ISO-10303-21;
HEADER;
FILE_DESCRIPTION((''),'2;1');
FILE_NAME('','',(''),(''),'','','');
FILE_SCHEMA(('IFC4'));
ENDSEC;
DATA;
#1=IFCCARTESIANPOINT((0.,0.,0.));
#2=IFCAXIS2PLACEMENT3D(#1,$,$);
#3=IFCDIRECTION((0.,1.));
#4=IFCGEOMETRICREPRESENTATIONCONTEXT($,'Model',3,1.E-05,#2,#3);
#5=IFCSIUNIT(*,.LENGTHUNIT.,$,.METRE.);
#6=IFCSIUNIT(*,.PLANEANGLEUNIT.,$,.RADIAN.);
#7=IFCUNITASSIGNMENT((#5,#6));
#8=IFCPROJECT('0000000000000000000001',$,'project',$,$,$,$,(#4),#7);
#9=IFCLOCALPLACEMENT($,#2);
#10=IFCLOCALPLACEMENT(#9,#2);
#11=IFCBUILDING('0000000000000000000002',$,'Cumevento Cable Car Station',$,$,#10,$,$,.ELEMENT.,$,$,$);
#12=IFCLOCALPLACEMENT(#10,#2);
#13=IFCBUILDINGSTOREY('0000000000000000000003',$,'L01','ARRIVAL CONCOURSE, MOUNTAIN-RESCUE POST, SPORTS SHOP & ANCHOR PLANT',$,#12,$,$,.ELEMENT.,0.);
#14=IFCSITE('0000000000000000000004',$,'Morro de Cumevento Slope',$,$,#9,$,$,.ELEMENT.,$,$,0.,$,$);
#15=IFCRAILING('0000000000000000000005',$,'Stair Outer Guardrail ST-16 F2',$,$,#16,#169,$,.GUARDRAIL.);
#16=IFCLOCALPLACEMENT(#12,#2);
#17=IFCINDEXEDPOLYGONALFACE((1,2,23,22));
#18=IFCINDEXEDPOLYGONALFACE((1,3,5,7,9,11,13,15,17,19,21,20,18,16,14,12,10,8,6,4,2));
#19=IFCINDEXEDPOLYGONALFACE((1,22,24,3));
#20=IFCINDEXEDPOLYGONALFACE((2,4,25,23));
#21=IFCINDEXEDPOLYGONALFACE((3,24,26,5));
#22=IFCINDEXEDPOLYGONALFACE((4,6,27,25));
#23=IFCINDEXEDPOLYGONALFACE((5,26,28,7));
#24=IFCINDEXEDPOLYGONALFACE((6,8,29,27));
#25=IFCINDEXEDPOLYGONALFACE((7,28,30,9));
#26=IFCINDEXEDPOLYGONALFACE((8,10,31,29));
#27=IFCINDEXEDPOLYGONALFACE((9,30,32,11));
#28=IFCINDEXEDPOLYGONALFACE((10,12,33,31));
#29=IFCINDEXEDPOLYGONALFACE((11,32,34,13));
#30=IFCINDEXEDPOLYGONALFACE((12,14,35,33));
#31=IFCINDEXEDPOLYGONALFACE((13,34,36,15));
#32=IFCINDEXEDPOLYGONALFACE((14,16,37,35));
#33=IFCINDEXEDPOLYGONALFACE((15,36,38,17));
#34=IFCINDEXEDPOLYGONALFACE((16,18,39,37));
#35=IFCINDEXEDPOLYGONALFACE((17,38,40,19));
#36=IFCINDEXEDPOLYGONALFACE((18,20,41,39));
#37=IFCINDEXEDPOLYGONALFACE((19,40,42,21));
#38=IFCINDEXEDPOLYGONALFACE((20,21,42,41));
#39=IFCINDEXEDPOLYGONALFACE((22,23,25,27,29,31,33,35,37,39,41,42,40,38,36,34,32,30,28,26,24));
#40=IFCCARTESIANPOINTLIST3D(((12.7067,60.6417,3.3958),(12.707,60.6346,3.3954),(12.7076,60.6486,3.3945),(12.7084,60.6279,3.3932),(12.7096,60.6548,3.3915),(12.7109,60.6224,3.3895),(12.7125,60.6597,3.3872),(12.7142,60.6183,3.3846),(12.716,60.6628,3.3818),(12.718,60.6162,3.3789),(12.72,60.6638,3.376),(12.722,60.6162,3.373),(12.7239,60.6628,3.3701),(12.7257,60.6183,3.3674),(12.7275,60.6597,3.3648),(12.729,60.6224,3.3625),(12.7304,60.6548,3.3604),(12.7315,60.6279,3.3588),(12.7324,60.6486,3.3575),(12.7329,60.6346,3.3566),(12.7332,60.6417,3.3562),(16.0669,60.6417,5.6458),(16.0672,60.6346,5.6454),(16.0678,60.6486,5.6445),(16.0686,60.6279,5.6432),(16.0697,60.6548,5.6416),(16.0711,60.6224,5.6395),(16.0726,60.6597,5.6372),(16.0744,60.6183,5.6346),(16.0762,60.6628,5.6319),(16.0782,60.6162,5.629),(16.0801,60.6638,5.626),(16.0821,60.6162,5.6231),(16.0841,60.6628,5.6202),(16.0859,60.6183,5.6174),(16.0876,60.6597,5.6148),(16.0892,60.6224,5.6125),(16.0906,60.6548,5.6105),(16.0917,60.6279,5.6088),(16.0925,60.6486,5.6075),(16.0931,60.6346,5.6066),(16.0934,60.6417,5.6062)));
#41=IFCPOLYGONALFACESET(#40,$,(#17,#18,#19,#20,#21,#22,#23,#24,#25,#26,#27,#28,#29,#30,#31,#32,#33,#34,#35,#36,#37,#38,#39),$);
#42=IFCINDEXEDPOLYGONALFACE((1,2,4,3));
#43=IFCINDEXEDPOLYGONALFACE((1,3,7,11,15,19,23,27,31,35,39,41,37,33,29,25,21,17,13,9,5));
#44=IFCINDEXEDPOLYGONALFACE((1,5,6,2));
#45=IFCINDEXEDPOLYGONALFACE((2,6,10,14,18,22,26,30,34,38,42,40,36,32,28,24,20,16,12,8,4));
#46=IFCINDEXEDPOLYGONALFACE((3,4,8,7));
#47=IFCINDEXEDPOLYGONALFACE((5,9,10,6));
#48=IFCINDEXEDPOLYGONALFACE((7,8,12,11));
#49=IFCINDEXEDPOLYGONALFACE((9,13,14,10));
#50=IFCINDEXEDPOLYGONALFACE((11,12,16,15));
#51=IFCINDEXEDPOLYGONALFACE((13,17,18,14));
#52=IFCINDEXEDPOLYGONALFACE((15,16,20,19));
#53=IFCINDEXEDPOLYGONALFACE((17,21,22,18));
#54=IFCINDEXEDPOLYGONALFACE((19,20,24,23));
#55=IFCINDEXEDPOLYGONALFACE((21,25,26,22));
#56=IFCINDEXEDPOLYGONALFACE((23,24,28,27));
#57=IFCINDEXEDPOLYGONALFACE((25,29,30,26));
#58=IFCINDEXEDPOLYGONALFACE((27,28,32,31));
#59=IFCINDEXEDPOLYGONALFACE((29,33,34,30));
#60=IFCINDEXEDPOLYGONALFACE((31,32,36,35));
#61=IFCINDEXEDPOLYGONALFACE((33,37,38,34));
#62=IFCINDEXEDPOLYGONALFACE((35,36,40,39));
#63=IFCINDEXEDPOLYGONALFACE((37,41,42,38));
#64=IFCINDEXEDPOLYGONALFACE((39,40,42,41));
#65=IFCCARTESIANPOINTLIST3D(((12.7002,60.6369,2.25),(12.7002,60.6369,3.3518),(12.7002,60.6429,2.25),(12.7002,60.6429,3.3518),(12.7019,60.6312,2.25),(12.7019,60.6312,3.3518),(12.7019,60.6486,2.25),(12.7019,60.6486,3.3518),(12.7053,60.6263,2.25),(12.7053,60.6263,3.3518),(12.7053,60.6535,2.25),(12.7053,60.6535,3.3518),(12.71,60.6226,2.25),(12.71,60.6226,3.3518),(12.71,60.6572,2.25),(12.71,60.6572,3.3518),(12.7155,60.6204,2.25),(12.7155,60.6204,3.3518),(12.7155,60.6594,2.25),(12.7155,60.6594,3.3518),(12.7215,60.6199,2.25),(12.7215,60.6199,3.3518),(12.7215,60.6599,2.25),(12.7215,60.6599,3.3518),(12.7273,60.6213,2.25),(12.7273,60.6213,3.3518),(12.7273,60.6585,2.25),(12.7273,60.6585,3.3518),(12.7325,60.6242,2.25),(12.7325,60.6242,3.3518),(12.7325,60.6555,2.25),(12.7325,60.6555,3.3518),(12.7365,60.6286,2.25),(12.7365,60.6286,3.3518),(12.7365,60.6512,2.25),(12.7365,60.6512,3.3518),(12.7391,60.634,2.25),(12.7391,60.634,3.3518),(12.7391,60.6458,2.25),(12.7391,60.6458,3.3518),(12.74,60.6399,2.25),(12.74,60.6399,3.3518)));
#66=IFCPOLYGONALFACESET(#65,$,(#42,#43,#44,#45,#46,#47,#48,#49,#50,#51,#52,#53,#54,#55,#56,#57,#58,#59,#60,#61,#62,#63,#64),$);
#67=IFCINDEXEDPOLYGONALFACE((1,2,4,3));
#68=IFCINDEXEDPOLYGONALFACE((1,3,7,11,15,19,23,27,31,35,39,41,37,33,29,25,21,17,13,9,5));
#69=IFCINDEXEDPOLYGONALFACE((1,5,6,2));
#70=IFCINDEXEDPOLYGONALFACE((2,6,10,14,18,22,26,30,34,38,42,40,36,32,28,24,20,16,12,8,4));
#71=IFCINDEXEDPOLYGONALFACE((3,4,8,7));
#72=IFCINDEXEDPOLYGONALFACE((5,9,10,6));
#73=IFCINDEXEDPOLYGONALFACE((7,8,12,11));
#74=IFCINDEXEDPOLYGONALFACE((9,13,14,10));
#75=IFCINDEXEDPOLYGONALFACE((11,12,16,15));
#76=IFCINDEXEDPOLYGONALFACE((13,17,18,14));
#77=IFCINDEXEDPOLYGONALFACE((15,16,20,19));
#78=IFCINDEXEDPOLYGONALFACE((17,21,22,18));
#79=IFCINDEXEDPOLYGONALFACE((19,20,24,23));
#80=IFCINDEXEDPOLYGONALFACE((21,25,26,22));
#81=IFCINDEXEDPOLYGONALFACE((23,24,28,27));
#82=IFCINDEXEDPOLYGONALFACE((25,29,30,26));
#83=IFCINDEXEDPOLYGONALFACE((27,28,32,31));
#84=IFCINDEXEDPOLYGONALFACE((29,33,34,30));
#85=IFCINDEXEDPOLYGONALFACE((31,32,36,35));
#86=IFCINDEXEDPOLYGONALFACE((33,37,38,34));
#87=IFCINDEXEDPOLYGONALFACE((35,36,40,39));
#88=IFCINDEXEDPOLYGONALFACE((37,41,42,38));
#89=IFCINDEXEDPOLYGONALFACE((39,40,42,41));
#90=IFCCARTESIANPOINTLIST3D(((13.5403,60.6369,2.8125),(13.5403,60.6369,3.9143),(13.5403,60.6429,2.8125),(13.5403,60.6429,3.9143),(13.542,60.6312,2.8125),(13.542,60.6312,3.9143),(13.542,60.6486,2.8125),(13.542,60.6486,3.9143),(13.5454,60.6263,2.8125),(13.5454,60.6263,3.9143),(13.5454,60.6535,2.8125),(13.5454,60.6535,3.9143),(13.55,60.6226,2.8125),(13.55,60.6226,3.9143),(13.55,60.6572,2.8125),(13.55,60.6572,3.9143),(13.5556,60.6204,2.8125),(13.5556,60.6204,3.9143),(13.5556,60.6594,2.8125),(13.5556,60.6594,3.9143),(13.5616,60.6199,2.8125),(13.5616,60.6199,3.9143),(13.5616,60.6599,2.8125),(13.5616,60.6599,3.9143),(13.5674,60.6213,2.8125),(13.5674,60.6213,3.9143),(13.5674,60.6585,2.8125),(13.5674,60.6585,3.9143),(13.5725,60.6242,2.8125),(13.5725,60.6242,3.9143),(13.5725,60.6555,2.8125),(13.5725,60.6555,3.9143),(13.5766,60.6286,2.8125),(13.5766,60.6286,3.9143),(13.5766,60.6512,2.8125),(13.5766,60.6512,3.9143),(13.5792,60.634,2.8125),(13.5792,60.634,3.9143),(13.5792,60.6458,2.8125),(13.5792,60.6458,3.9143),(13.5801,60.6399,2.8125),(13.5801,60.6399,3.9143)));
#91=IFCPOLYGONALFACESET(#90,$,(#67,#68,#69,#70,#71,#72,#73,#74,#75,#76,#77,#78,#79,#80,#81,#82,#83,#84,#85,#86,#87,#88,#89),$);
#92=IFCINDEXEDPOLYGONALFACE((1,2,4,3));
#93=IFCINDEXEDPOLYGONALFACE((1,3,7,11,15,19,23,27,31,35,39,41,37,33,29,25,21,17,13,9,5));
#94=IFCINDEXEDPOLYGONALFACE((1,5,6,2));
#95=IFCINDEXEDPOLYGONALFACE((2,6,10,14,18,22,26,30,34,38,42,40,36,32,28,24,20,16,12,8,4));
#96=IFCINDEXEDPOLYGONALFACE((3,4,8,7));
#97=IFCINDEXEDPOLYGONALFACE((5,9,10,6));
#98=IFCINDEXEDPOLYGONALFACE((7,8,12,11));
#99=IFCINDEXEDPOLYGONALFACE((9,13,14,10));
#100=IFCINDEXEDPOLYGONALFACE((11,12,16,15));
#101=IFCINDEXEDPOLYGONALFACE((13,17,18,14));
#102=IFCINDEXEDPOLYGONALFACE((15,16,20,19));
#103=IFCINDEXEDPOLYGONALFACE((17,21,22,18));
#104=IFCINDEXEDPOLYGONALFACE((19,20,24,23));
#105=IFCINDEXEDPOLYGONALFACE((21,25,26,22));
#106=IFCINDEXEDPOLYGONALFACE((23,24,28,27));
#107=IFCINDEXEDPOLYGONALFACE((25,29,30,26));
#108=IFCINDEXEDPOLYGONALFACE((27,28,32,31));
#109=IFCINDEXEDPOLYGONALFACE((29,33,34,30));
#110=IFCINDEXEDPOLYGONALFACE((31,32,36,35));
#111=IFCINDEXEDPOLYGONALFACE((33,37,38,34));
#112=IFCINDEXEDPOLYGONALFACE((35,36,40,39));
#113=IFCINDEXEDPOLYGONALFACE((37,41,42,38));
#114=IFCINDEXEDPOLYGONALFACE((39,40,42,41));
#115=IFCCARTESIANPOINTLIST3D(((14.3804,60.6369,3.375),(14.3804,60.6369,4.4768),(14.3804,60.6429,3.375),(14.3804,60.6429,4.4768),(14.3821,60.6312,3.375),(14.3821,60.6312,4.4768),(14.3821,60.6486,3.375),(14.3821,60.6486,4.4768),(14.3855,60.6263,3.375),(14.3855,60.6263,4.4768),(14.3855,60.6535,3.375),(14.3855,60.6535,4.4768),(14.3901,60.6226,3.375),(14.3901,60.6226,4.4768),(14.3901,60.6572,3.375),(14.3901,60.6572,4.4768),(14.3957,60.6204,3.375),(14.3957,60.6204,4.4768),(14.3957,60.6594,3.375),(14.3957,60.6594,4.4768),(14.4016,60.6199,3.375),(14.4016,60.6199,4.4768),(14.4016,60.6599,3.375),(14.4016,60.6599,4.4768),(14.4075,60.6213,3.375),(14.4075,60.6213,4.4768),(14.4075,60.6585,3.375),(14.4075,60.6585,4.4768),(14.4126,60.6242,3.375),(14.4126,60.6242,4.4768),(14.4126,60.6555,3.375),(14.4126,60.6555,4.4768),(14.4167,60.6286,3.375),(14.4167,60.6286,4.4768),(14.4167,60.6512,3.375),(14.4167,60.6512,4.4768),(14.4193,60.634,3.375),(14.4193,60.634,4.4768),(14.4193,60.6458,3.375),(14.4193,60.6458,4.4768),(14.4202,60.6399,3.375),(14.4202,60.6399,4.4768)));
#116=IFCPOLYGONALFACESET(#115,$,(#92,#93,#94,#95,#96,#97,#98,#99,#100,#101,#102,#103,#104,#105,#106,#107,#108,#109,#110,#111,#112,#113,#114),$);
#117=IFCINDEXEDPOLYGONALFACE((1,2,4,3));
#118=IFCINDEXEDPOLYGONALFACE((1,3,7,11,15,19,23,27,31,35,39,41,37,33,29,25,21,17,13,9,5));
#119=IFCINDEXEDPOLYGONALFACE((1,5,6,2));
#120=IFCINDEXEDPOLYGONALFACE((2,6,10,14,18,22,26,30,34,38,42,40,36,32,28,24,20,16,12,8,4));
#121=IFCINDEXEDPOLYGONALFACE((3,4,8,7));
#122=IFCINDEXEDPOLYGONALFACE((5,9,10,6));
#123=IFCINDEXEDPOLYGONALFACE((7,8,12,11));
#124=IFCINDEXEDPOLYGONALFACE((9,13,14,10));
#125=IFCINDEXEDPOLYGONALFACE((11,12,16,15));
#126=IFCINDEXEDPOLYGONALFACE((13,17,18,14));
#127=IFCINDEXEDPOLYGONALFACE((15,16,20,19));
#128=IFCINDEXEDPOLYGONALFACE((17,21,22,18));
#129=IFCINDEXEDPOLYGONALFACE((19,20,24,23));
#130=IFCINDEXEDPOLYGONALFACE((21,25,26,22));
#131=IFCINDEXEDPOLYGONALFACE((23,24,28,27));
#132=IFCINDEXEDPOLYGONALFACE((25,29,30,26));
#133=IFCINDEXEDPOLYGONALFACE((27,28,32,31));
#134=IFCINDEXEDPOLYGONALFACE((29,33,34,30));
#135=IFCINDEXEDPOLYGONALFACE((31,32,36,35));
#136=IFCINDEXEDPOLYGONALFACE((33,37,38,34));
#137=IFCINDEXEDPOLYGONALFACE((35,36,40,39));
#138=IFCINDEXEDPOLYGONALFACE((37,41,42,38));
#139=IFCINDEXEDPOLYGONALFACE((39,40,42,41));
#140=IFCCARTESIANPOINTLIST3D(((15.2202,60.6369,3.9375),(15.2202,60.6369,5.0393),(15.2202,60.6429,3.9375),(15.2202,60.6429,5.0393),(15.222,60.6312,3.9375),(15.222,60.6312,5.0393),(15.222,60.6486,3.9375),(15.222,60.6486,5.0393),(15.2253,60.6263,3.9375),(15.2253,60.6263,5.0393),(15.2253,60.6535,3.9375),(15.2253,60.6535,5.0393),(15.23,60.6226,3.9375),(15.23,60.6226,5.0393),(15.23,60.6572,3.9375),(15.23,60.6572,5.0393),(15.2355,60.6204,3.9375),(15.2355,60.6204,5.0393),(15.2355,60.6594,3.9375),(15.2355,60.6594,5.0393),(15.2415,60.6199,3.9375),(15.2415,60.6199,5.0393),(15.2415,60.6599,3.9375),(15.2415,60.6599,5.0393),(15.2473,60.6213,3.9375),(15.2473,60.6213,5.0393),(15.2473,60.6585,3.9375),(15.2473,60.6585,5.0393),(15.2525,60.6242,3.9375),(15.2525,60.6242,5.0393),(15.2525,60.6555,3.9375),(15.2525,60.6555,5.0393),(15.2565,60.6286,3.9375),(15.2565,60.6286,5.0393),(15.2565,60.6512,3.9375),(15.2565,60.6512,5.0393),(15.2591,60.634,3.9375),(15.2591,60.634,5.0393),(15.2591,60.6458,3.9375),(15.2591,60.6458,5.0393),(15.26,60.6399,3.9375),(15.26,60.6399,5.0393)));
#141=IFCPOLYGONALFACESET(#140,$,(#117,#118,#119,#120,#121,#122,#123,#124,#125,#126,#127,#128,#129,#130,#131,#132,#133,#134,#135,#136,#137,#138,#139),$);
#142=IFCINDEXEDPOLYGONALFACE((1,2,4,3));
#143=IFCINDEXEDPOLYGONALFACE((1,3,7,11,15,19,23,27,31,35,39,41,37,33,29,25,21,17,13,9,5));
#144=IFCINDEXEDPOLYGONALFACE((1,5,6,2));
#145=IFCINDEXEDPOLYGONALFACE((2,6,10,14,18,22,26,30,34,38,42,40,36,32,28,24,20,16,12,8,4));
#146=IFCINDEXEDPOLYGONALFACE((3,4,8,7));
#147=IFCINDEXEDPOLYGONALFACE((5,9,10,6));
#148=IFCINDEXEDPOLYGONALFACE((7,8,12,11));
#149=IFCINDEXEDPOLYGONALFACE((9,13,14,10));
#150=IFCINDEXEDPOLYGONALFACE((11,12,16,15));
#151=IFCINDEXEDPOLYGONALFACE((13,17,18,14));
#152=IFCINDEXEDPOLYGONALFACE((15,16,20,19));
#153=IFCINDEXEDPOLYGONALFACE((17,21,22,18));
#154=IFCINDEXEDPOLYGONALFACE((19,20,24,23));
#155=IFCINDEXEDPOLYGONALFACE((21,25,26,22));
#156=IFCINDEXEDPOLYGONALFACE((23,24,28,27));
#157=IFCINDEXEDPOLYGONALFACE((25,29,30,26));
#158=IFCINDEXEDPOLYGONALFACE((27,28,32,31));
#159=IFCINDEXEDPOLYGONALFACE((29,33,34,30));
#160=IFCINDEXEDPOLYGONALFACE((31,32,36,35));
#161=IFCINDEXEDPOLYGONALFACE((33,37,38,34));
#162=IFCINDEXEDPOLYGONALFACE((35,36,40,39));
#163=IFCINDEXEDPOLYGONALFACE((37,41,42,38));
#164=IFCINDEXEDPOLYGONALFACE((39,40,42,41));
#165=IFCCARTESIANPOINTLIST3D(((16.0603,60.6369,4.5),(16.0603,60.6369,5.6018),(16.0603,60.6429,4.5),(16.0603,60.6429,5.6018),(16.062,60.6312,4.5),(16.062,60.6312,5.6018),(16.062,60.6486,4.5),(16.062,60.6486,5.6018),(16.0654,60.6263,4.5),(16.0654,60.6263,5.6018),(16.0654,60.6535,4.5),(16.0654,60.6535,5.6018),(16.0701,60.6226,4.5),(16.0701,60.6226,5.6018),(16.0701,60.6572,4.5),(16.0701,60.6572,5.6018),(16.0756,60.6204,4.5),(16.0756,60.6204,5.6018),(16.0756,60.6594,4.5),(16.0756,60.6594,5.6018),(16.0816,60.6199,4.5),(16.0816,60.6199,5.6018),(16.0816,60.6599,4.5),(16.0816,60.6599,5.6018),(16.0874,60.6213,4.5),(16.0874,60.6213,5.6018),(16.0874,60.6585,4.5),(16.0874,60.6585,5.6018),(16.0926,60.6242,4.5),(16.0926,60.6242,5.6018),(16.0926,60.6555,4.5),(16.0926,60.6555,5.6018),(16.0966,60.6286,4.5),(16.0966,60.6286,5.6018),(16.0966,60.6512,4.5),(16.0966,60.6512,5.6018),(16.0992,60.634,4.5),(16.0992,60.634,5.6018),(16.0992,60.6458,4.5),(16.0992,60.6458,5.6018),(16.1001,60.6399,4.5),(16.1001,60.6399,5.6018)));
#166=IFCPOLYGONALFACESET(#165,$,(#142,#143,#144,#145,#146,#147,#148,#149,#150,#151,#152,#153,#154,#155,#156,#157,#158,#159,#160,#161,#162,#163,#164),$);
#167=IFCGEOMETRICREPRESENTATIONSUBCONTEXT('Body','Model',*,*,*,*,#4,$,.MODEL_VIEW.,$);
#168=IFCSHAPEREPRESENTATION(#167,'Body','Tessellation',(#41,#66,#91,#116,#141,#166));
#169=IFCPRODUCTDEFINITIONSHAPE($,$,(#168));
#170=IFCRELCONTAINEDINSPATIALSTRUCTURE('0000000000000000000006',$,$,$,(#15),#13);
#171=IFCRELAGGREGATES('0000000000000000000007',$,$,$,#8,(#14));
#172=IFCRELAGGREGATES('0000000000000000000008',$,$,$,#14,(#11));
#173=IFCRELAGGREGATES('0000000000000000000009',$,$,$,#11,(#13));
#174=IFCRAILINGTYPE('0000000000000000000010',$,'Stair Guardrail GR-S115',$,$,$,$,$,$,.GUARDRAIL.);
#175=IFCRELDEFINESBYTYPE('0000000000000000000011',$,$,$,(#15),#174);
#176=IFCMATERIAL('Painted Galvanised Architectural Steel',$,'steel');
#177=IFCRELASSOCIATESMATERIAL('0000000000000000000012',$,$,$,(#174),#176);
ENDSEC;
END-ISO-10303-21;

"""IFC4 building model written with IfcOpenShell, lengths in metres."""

from ifc_helpers import new_model, si_unit, direction, frame, origin, origin_2d, place, context, subcontext, project, spatial, circle, extrude, material, type_object, element, save


model = new_model("IFC4")

# Units and contexts
model_context = context("Model", 3, precision=1e-05, world=origin(), true_north=direction((0.0, 1.0)))
body_context = subcontext(model_context, "Body", "Model", "MODEL_VIEW")
ifc_project = project(units=[si_unit("LENGTHUNIT", "METRE"), si_unit("PLANEANGLEUNIT", "RADIAN")], contexts=[model_context])

# Site, building, storey
site_placement = place(None, origin())
site = spatial("IfcSite", under=ifc_project, at=site_placement, Name="Morro de Cumevento Slope", CompositionType="ELEMENT", RefElevation=0.0)
building_placement = place(site_placement, origin())
building = spatial("IfcBuilding", under=site, at=building_placement, Name="Cumevento Cable Car Station", CompositionType="ELEMENT")
storey_placement = place(building_placement, origin())
storey = spatial("IfcBuildingStorey", under=building, at=storey_placement, Name="L01", Description="ARRIVAL CONCOURSE, MOUNTAIN-RESCUE POST, SPORTS SHOP & ANCHOR PLANT", CompositionType="ELEMENT", Elevation=0.0)

# Railing
ifc_material_1 = material(Name="Painted Galvanised Architectural Steel", Category="steel")
railing_type_1 = type_object("IfcRailingType", Name="Stair Guardrail GR-S115", PredefinedType="GUARDRAIL", material=ifc_material_1)
railing_1_placement = place(storey_placement, frame((12.72, 60.6399, 2.25)))
element("IfcRailing", 1, at=railing_1_placement, inside=storey, type_object=railing_type_1, Name="Stair Outer Guardrail ST-16 F2", PredefinedType="GUARDRAIL", context=body_context, shape_type="SweptSolid", body=[
    extrude(circle(Radius=0.0239, at=origin_2d()), frame((0.0, 0.0, 1.126), z_axis=(0.830915, 0.0, 0.556399), x_axis=(0.0, 1.0, 0.0)), (0.0, 0.0, 1.0), 4.0439),
    extrude(circle(Radius=0.02, at=origin_2d()), origin(), (0.0, 0.0, 1.0), 1.1018),
    extrude(circle(Radius=0.02, at=origin_2d()), frame((0.8401, 0.0, 0.5625)), (0.0, 0.0, 1.0), 1.1018),
    extrude(circle(Radius=0.02, at=origin_2d()), frame((1.6802, 0.0, 1.125)), (0.0, 0.0, 1.0), 1.1018),
    extrude(circle(Radius=0.02, at=origin_2d()), frame((2.52, 0.0, 1.6875)), (0.0, 0.0, 1.0), 1.1018),
    extrude(circle(Radius=0.02, at=origin_2d()), frame((3.3601, 0.0, 2.25)), (0.0, 0.0, 1.0), 1.1018),
])

save(model, "model.ifc")
